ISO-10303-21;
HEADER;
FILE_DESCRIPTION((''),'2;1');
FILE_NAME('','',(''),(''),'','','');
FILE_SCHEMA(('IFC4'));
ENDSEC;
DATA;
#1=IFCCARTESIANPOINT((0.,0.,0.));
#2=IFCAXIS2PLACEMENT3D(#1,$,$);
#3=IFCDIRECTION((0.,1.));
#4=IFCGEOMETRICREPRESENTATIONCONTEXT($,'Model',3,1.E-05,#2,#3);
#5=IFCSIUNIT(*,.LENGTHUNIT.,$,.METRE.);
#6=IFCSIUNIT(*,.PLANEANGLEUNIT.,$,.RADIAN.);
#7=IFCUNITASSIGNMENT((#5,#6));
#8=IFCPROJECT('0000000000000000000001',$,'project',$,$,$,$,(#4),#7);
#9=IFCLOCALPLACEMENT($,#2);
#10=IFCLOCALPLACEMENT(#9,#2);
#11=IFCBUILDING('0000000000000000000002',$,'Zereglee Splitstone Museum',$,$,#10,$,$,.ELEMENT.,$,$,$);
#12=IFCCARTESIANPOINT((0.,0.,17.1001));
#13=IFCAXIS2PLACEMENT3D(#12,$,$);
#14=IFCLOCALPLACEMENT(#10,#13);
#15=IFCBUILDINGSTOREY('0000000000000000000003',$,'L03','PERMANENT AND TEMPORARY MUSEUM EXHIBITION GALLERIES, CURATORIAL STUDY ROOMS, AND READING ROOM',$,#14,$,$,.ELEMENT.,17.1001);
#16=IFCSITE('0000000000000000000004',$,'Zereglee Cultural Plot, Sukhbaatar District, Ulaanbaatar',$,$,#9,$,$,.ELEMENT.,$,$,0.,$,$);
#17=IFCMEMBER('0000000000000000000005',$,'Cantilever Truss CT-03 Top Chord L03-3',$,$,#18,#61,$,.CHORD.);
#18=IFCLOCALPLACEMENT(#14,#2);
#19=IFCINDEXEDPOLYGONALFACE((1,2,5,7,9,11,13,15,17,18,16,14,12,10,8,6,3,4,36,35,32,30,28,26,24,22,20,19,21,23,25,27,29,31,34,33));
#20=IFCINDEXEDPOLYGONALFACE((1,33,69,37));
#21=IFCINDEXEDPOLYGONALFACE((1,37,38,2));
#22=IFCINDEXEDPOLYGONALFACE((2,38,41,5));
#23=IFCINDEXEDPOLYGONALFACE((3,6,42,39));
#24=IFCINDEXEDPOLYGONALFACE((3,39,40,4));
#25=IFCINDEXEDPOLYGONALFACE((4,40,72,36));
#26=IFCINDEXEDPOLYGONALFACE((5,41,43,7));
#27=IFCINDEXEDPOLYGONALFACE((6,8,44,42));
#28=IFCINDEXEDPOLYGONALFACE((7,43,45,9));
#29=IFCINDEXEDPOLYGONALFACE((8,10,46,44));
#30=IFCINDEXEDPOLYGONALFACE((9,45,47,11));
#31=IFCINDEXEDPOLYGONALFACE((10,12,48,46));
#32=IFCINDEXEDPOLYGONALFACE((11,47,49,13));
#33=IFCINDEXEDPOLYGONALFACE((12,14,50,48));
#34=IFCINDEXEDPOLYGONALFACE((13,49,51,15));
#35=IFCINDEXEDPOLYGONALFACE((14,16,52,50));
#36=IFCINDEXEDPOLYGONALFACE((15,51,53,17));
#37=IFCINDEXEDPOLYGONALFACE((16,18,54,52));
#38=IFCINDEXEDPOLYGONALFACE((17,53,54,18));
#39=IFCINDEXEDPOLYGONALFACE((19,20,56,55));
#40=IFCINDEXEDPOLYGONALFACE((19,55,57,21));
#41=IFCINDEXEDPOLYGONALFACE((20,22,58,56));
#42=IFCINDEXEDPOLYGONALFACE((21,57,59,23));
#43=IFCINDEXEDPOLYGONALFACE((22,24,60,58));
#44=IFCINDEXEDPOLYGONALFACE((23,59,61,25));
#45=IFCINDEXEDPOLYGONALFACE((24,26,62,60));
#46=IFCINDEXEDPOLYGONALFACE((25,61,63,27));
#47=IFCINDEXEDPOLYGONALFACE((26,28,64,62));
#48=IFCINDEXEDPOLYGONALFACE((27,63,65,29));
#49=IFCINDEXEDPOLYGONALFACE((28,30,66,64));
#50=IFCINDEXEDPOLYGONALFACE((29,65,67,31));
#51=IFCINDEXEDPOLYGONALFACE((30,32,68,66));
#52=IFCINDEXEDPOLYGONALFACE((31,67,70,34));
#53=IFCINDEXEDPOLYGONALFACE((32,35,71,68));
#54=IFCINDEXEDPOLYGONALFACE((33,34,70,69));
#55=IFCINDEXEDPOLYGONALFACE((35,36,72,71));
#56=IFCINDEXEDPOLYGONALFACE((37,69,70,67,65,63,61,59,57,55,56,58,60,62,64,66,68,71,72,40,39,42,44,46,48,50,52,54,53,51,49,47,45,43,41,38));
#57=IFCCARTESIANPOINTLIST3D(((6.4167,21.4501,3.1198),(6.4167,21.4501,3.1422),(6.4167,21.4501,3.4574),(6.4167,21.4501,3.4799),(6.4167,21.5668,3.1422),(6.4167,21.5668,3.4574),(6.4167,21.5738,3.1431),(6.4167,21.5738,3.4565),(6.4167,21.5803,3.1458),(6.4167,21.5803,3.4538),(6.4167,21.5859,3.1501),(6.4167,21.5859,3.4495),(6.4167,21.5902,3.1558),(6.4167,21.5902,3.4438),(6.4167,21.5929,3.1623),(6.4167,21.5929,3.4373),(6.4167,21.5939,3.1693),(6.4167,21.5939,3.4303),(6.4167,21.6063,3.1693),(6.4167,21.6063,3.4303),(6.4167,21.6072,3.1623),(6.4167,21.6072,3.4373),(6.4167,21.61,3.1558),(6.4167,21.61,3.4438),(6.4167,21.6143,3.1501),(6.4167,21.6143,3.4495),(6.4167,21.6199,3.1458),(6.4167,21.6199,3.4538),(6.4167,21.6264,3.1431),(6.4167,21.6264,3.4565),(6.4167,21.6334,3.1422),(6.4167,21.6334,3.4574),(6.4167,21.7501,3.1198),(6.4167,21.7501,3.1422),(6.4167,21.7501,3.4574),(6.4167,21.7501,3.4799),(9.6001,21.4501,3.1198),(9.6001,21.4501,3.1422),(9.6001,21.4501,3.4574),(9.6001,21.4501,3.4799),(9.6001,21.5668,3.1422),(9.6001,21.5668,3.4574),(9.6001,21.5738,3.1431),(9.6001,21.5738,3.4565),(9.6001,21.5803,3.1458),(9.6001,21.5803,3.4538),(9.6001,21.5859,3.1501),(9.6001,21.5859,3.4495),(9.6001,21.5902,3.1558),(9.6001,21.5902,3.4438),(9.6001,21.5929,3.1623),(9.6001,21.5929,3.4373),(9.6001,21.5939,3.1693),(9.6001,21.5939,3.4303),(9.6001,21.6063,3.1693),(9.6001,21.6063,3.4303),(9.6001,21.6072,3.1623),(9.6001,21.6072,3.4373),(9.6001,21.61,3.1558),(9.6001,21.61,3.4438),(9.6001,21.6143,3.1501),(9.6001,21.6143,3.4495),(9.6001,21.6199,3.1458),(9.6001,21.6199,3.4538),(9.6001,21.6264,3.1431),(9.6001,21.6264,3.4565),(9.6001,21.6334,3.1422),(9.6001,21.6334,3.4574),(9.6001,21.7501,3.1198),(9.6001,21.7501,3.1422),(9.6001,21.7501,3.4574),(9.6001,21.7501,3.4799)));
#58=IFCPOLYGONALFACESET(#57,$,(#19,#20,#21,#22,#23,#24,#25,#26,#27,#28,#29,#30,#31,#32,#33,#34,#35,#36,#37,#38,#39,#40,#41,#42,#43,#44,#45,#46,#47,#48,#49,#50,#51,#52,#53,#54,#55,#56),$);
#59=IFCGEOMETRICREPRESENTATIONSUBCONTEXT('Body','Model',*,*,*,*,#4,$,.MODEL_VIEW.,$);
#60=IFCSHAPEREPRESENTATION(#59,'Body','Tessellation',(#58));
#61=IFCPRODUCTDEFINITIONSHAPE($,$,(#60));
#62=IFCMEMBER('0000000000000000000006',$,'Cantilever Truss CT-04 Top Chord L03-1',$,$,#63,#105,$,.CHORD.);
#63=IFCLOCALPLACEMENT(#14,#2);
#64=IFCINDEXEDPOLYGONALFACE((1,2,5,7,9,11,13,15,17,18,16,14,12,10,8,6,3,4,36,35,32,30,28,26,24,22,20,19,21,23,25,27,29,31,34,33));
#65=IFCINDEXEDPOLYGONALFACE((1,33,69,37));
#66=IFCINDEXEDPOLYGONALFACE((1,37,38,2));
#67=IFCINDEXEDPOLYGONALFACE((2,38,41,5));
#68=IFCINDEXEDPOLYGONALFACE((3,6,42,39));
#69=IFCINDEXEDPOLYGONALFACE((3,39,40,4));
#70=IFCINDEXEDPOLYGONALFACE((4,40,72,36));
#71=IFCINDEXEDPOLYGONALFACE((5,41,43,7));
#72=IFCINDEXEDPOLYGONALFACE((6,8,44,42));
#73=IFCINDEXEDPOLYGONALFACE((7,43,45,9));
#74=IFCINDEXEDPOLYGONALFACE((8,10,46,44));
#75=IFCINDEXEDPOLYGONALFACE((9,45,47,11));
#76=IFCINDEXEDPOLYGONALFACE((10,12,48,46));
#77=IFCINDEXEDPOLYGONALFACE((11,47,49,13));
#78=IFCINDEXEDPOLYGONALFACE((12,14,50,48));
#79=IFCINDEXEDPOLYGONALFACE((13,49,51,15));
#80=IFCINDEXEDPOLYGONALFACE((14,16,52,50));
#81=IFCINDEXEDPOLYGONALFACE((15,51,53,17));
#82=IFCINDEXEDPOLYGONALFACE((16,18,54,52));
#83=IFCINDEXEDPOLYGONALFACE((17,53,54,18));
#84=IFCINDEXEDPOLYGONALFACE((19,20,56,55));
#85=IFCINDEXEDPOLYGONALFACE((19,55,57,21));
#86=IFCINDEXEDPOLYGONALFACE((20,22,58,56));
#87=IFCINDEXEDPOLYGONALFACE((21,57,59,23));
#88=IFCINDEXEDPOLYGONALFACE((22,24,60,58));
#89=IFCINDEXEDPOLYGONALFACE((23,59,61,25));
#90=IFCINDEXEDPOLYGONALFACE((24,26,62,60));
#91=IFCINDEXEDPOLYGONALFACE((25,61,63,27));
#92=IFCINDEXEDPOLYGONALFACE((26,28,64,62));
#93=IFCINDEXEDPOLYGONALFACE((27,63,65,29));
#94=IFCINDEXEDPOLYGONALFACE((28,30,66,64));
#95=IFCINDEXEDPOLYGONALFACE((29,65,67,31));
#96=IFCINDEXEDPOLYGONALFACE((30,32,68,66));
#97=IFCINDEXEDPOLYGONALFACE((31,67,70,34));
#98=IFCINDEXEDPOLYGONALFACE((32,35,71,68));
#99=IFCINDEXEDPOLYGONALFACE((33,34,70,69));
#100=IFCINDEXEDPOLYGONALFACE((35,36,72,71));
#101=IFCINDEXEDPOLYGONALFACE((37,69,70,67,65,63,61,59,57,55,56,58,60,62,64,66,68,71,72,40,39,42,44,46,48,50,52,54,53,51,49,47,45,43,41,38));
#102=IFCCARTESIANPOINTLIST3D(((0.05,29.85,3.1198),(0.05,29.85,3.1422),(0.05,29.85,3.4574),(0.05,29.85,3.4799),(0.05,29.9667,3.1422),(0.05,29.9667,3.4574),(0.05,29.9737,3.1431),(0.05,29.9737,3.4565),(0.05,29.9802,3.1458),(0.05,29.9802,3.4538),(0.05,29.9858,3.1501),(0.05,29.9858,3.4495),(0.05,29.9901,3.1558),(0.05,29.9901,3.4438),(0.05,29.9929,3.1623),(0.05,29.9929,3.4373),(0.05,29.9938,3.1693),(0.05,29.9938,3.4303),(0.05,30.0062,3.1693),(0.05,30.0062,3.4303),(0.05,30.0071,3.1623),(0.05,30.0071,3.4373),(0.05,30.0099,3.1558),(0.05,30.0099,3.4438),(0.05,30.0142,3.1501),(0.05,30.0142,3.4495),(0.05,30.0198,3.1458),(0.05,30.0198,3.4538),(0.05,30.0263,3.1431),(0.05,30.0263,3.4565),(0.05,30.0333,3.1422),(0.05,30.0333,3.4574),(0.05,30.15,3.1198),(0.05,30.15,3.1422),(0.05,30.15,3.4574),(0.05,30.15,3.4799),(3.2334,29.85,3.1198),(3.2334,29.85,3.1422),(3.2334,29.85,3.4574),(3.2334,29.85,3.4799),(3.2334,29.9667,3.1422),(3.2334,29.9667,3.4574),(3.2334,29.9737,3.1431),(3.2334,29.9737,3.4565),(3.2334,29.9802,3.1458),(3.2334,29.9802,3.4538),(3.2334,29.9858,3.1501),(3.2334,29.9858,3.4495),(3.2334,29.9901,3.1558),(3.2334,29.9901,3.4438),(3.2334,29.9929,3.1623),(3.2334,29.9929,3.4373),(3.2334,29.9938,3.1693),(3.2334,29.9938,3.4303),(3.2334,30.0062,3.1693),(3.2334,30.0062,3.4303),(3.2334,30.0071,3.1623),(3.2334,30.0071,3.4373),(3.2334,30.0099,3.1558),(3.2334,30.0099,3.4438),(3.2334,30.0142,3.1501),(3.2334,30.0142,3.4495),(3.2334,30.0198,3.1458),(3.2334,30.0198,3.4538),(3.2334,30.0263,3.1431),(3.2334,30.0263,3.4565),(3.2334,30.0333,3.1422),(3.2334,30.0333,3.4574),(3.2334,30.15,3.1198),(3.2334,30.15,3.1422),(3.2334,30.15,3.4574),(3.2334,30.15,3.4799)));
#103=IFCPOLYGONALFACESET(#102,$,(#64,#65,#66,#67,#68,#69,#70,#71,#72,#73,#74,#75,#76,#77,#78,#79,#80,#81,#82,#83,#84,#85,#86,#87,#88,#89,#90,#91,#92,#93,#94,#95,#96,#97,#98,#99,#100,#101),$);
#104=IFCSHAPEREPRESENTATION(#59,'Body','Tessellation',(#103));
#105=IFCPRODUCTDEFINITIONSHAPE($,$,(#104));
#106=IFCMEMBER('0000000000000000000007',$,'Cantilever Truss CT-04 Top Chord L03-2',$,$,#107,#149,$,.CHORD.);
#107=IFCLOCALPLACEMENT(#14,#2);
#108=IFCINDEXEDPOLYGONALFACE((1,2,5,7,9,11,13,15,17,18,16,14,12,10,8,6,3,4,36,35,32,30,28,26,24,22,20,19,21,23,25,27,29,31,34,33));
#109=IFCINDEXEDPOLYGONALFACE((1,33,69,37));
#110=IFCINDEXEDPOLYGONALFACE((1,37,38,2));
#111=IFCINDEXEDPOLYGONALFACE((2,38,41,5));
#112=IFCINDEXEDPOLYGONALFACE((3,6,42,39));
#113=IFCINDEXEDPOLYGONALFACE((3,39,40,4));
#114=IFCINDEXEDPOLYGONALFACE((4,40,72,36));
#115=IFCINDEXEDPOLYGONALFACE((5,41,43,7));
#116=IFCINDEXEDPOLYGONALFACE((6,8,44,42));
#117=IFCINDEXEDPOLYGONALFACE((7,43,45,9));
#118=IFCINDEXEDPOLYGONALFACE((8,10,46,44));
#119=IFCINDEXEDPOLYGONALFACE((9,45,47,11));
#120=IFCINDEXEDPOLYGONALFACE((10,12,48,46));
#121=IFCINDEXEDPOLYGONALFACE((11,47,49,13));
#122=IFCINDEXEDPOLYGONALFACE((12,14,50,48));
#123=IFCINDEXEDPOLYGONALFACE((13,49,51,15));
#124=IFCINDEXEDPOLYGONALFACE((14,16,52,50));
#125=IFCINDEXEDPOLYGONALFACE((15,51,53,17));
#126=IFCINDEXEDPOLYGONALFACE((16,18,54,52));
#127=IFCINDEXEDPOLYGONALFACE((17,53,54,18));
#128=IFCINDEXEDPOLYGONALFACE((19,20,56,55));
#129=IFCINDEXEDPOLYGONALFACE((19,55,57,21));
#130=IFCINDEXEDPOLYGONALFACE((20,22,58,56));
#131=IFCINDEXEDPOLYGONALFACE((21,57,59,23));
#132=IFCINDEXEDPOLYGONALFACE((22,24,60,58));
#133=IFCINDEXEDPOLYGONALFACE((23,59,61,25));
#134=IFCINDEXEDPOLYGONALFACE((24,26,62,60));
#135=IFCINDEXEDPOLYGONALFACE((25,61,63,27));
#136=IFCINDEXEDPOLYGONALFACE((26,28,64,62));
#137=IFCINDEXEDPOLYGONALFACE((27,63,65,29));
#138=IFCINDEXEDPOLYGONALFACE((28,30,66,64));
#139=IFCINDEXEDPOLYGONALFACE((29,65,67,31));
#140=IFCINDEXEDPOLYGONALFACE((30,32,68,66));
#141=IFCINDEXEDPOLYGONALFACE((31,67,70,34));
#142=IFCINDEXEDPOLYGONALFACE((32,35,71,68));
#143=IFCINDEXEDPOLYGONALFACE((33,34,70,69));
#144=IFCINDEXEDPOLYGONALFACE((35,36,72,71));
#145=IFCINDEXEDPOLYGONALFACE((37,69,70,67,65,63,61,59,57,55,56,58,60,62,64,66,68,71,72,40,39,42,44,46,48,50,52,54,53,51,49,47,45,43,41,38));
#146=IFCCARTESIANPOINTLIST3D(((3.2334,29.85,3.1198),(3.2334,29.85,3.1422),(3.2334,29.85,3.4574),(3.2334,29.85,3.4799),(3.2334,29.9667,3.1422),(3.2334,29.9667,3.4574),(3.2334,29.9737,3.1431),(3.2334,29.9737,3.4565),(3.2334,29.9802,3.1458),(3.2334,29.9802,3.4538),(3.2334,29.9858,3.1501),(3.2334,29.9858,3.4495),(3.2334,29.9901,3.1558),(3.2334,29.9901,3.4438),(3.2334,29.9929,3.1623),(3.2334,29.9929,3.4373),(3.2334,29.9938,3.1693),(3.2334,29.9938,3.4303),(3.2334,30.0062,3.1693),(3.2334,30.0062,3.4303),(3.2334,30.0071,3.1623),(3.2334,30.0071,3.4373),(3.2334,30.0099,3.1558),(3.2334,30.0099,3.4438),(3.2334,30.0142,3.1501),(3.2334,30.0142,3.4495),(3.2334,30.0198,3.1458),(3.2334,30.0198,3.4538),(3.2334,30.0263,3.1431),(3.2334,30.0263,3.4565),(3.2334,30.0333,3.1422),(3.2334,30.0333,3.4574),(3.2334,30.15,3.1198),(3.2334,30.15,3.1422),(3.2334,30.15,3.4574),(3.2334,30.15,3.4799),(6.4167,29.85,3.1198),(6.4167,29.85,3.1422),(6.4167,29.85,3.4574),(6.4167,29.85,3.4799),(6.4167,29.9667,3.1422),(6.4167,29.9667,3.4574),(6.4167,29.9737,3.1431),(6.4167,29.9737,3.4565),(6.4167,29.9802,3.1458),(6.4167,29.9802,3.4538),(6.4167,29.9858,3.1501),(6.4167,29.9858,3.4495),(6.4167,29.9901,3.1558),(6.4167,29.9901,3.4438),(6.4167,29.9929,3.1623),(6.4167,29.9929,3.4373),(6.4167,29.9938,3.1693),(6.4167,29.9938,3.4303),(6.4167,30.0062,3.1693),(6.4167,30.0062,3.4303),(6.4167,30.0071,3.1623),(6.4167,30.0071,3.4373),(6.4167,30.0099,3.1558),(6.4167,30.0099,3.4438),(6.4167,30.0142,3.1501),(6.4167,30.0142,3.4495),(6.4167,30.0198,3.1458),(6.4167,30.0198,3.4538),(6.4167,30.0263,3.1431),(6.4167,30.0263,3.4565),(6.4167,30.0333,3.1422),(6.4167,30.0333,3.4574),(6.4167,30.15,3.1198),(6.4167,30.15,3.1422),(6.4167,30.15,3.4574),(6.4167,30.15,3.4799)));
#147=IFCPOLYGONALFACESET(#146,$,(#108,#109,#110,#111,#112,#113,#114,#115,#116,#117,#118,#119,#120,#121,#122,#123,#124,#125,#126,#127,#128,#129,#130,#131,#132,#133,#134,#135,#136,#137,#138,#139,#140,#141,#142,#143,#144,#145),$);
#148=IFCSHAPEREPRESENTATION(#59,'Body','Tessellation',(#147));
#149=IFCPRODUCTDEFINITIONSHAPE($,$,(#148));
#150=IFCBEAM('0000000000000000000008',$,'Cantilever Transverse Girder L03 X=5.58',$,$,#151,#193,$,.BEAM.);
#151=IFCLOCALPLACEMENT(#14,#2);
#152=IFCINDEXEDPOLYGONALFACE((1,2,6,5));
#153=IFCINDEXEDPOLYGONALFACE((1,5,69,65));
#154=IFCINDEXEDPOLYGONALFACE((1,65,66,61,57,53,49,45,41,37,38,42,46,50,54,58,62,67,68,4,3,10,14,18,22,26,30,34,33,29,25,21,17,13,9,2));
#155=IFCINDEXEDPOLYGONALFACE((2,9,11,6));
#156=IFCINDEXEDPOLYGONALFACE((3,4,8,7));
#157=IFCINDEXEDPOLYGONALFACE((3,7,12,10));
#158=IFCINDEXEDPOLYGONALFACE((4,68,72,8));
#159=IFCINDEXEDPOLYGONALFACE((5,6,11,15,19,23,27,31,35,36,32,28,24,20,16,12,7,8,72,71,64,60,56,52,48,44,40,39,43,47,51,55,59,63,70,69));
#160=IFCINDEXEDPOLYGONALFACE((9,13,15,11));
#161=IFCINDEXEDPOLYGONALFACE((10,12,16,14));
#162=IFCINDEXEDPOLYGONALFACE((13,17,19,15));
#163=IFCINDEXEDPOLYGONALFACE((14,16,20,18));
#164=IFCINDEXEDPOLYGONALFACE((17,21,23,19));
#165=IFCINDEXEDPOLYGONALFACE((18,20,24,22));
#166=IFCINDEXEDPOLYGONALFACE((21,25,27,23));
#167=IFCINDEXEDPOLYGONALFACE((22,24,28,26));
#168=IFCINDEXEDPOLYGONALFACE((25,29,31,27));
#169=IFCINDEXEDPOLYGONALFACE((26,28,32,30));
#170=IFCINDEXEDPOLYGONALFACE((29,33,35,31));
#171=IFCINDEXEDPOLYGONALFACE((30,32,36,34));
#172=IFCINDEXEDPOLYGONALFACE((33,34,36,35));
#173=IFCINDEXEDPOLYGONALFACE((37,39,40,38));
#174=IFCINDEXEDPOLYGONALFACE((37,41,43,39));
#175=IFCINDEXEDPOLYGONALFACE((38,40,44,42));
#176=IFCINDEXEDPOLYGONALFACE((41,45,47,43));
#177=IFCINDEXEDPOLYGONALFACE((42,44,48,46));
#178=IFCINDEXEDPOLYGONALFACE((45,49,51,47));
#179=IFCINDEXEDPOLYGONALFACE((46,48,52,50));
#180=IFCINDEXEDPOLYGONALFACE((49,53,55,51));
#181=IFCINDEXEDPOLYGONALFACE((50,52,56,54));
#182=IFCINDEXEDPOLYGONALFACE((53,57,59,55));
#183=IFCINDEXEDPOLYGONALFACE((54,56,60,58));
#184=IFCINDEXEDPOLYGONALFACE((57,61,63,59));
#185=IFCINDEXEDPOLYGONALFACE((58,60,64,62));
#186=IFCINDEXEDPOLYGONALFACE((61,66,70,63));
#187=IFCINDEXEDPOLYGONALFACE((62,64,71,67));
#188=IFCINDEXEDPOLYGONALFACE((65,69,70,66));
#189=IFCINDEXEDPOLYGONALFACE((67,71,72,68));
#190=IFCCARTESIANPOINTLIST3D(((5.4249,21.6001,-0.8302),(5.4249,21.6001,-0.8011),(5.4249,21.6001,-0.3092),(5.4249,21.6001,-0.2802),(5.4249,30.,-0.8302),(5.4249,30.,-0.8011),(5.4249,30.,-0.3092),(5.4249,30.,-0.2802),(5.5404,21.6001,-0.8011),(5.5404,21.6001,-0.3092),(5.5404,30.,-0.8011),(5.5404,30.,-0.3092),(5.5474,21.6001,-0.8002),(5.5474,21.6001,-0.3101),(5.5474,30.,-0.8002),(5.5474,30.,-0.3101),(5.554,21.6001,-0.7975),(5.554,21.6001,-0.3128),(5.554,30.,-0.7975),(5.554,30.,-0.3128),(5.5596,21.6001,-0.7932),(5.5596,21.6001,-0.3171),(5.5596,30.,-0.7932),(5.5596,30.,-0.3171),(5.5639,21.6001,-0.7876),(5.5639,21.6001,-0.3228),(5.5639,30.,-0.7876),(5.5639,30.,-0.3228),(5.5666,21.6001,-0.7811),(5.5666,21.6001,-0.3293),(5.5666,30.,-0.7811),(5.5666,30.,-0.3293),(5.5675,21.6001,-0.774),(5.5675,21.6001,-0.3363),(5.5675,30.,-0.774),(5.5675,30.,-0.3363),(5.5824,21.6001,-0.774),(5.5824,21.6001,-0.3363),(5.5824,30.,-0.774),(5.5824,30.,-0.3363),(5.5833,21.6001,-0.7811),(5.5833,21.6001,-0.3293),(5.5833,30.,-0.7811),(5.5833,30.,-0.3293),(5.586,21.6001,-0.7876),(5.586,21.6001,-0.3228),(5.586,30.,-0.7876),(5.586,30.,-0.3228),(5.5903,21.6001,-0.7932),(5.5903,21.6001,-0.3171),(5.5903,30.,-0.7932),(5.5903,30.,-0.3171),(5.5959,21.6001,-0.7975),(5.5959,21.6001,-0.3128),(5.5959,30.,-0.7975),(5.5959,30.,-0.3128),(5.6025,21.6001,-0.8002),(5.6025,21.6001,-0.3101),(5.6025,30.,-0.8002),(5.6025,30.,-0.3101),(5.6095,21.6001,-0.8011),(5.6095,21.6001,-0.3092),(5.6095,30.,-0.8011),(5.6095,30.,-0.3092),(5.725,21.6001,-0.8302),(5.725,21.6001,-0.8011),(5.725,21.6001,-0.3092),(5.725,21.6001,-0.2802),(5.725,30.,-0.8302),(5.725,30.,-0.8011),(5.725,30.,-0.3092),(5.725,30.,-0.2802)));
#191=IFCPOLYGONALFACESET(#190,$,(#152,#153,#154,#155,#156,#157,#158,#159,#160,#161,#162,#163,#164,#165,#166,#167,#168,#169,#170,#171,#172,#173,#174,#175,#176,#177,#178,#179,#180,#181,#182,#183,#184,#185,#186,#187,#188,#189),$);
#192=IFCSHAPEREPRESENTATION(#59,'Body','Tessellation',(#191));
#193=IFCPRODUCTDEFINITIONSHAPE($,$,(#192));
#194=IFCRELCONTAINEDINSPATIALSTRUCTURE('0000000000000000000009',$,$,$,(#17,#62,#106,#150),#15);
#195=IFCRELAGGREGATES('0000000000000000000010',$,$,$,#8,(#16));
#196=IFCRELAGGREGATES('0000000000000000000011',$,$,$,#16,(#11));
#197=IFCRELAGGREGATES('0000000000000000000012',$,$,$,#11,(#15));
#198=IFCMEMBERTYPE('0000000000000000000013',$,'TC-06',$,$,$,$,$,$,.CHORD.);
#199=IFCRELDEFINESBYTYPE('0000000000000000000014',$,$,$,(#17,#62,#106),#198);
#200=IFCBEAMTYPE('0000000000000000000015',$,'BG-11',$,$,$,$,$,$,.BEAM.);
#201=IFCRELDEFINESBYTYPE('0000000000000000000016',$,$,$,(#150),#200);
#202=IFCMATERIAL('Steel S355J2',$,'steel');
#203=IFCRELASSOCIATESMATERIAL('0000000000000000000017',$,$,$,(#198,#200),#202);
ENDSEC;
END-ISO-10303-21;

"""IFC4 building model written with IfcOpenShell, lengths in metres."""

from ifc_helpers import new_model, si_unit, direction, frame, origin, origin_2d, place, context, subcontext, project, spatial, i_section, extrude, material, material_profile, profile_set, type_object, element, save


model = new_model("IFC4")

# Units and contexts
model_context = context("Model", 3, precision=1e-05, world=origin(), true_north=direction((0.0, 1.0)))
body_context = subcontext(model_context, "Body", "Model", "MODEL_VIEW")
ifc_project = project(units=[si_unit("LENGTHUNIT", "METRE"), si_unit("PLANEANGLEUNIT", "RADIAN")], contexts=[model_context])

# Site, building, storey
site_placement = place(None, origin())
site = spatial("IfcSite", under=ifc_project, at=site_placement, Name="Zereglee Cultural Plot, Sukhbaatar District, Ulaanbaatar", CompositionType="ELEMENT", RefElevation=0.0)
building_placement = place(site_placement, origin())
building = spatial("IfcBuilding", under=site, at=building_placement, Name="Zereglee Splitstone Museum", CompositionType="ELEMENT")
storey_placement = place(building_placement, frame((0.0, 0.0, 17.1001)))
storey = spatial("IfcBuildingStorey", under=building, at=storey_placement, Name="L03", Description="PERMANENT AND TEMPORARY MUSEUM EXHIBITION GALLERIES, CURATORIAL STUDY ROOMS, AND READING ROOM", CompositionType="ELEMENT", Elevation=17.1001)

# Members
ifc_material_1 = material(Name="Steel S355J2", Category="steel")
ifc_material_profile_1 = material_profile(ifc_material_1, i_section(OverallWidth=0.3, OverallDepth=0.3601, WebThickness=0.0125, FlangeThickness=0.0225, FilletRadius=0.0271, at=origin_2d()), Name="HE 360 B")
ifc_profile_set_1 = profile_set([ifc_material_profile_1], Name="Steel S355J2")
member_type_1 = type_object("IfcMemberType", Name="TC-06", PredefinedType="CHORD", material=ifc_profile_set_1)
for number, where, z_axis, x_axis, name in (
    (1, (6.4167, 21.6001, 3.2998), (1.0, 0.0, 0.0), (0.0, 1.0, 0.0), "Cantilever Truss CT-03 Top Chord L03-3"),
    (2, (0.05, 30.0, 3.2998), (1.0, 0.0, 0.0), (0.0, 1.0, 0.0), "Cantilever Truss CT-04 Top Chord L03-1"),
    (3, (3.2334, 30.0, 3.2998), (1.0, 0.0, 0.0), (0.0, 1.0, 0.0), "Cantilever Truss CT-04 Top Chord L03-2"),
):
    element("IfcMember", number, at=place(storey_placement, frame(where, z_axis=z_axis, x_axis=x_axis)), inside=storey, type_object=member_type_1, Name=name, PredefinedType="CHORD", context=body_context, shape_type="SweptSolid", body=[
        extrude(i_section(OverallWidth=0.3, OverallDepth=0.3601, WebThickness=0.0125, FlangeThickness=0.0225, FilletRadius=0.0271, at=origin_2d()), origin(), (0.0, 0.0, 1.0), 3.1833),
    ])

# Beam
ifc_material_profile_2 = material_profile(ifc_material_1, i_section(OverallWidth=0.3, OverallDepth=0.55, WebThickness=0.0149, FlangeThickness=0.0291, FilletRadius=0.0271, at=origin_2d()), Name="HE 550 B")
ifc_profile_set_2 = profile_set([ifc_material_profile_2], Name="Steel S355J2")
beam_type_1 = type_object("IfcBeamType", Name="BG-11", PredefinedType="BEAM", material=ifc_profile_set_2)
beam_1_placement = place(storey_placement, frame((5.575, 21.6001, -0.5552), z_axis=(0.0, 1.0, 0.0), x_axis=(-1.0, 0.0, 0.0)))
element("IfcBeam", 4, at=beam_1_placement, inside=storey, type_object=beam_type_1, Name="Cantilever Transverse Girder L03 X=5.58", PredefinedType="BEAM", context=body_context, shape_type="SweptSolid", body=[
    extrude(i_section(OverallWidth=0.3, OverallDepth=0.55, WebThickness=0.0149, FlangeThickness=0.0291, FilletRadius=0.0271, at=origin_2d()), origin(), (0.0, 0.0, 1.0), 8.3999),
])

save(model, "model.ifc")
